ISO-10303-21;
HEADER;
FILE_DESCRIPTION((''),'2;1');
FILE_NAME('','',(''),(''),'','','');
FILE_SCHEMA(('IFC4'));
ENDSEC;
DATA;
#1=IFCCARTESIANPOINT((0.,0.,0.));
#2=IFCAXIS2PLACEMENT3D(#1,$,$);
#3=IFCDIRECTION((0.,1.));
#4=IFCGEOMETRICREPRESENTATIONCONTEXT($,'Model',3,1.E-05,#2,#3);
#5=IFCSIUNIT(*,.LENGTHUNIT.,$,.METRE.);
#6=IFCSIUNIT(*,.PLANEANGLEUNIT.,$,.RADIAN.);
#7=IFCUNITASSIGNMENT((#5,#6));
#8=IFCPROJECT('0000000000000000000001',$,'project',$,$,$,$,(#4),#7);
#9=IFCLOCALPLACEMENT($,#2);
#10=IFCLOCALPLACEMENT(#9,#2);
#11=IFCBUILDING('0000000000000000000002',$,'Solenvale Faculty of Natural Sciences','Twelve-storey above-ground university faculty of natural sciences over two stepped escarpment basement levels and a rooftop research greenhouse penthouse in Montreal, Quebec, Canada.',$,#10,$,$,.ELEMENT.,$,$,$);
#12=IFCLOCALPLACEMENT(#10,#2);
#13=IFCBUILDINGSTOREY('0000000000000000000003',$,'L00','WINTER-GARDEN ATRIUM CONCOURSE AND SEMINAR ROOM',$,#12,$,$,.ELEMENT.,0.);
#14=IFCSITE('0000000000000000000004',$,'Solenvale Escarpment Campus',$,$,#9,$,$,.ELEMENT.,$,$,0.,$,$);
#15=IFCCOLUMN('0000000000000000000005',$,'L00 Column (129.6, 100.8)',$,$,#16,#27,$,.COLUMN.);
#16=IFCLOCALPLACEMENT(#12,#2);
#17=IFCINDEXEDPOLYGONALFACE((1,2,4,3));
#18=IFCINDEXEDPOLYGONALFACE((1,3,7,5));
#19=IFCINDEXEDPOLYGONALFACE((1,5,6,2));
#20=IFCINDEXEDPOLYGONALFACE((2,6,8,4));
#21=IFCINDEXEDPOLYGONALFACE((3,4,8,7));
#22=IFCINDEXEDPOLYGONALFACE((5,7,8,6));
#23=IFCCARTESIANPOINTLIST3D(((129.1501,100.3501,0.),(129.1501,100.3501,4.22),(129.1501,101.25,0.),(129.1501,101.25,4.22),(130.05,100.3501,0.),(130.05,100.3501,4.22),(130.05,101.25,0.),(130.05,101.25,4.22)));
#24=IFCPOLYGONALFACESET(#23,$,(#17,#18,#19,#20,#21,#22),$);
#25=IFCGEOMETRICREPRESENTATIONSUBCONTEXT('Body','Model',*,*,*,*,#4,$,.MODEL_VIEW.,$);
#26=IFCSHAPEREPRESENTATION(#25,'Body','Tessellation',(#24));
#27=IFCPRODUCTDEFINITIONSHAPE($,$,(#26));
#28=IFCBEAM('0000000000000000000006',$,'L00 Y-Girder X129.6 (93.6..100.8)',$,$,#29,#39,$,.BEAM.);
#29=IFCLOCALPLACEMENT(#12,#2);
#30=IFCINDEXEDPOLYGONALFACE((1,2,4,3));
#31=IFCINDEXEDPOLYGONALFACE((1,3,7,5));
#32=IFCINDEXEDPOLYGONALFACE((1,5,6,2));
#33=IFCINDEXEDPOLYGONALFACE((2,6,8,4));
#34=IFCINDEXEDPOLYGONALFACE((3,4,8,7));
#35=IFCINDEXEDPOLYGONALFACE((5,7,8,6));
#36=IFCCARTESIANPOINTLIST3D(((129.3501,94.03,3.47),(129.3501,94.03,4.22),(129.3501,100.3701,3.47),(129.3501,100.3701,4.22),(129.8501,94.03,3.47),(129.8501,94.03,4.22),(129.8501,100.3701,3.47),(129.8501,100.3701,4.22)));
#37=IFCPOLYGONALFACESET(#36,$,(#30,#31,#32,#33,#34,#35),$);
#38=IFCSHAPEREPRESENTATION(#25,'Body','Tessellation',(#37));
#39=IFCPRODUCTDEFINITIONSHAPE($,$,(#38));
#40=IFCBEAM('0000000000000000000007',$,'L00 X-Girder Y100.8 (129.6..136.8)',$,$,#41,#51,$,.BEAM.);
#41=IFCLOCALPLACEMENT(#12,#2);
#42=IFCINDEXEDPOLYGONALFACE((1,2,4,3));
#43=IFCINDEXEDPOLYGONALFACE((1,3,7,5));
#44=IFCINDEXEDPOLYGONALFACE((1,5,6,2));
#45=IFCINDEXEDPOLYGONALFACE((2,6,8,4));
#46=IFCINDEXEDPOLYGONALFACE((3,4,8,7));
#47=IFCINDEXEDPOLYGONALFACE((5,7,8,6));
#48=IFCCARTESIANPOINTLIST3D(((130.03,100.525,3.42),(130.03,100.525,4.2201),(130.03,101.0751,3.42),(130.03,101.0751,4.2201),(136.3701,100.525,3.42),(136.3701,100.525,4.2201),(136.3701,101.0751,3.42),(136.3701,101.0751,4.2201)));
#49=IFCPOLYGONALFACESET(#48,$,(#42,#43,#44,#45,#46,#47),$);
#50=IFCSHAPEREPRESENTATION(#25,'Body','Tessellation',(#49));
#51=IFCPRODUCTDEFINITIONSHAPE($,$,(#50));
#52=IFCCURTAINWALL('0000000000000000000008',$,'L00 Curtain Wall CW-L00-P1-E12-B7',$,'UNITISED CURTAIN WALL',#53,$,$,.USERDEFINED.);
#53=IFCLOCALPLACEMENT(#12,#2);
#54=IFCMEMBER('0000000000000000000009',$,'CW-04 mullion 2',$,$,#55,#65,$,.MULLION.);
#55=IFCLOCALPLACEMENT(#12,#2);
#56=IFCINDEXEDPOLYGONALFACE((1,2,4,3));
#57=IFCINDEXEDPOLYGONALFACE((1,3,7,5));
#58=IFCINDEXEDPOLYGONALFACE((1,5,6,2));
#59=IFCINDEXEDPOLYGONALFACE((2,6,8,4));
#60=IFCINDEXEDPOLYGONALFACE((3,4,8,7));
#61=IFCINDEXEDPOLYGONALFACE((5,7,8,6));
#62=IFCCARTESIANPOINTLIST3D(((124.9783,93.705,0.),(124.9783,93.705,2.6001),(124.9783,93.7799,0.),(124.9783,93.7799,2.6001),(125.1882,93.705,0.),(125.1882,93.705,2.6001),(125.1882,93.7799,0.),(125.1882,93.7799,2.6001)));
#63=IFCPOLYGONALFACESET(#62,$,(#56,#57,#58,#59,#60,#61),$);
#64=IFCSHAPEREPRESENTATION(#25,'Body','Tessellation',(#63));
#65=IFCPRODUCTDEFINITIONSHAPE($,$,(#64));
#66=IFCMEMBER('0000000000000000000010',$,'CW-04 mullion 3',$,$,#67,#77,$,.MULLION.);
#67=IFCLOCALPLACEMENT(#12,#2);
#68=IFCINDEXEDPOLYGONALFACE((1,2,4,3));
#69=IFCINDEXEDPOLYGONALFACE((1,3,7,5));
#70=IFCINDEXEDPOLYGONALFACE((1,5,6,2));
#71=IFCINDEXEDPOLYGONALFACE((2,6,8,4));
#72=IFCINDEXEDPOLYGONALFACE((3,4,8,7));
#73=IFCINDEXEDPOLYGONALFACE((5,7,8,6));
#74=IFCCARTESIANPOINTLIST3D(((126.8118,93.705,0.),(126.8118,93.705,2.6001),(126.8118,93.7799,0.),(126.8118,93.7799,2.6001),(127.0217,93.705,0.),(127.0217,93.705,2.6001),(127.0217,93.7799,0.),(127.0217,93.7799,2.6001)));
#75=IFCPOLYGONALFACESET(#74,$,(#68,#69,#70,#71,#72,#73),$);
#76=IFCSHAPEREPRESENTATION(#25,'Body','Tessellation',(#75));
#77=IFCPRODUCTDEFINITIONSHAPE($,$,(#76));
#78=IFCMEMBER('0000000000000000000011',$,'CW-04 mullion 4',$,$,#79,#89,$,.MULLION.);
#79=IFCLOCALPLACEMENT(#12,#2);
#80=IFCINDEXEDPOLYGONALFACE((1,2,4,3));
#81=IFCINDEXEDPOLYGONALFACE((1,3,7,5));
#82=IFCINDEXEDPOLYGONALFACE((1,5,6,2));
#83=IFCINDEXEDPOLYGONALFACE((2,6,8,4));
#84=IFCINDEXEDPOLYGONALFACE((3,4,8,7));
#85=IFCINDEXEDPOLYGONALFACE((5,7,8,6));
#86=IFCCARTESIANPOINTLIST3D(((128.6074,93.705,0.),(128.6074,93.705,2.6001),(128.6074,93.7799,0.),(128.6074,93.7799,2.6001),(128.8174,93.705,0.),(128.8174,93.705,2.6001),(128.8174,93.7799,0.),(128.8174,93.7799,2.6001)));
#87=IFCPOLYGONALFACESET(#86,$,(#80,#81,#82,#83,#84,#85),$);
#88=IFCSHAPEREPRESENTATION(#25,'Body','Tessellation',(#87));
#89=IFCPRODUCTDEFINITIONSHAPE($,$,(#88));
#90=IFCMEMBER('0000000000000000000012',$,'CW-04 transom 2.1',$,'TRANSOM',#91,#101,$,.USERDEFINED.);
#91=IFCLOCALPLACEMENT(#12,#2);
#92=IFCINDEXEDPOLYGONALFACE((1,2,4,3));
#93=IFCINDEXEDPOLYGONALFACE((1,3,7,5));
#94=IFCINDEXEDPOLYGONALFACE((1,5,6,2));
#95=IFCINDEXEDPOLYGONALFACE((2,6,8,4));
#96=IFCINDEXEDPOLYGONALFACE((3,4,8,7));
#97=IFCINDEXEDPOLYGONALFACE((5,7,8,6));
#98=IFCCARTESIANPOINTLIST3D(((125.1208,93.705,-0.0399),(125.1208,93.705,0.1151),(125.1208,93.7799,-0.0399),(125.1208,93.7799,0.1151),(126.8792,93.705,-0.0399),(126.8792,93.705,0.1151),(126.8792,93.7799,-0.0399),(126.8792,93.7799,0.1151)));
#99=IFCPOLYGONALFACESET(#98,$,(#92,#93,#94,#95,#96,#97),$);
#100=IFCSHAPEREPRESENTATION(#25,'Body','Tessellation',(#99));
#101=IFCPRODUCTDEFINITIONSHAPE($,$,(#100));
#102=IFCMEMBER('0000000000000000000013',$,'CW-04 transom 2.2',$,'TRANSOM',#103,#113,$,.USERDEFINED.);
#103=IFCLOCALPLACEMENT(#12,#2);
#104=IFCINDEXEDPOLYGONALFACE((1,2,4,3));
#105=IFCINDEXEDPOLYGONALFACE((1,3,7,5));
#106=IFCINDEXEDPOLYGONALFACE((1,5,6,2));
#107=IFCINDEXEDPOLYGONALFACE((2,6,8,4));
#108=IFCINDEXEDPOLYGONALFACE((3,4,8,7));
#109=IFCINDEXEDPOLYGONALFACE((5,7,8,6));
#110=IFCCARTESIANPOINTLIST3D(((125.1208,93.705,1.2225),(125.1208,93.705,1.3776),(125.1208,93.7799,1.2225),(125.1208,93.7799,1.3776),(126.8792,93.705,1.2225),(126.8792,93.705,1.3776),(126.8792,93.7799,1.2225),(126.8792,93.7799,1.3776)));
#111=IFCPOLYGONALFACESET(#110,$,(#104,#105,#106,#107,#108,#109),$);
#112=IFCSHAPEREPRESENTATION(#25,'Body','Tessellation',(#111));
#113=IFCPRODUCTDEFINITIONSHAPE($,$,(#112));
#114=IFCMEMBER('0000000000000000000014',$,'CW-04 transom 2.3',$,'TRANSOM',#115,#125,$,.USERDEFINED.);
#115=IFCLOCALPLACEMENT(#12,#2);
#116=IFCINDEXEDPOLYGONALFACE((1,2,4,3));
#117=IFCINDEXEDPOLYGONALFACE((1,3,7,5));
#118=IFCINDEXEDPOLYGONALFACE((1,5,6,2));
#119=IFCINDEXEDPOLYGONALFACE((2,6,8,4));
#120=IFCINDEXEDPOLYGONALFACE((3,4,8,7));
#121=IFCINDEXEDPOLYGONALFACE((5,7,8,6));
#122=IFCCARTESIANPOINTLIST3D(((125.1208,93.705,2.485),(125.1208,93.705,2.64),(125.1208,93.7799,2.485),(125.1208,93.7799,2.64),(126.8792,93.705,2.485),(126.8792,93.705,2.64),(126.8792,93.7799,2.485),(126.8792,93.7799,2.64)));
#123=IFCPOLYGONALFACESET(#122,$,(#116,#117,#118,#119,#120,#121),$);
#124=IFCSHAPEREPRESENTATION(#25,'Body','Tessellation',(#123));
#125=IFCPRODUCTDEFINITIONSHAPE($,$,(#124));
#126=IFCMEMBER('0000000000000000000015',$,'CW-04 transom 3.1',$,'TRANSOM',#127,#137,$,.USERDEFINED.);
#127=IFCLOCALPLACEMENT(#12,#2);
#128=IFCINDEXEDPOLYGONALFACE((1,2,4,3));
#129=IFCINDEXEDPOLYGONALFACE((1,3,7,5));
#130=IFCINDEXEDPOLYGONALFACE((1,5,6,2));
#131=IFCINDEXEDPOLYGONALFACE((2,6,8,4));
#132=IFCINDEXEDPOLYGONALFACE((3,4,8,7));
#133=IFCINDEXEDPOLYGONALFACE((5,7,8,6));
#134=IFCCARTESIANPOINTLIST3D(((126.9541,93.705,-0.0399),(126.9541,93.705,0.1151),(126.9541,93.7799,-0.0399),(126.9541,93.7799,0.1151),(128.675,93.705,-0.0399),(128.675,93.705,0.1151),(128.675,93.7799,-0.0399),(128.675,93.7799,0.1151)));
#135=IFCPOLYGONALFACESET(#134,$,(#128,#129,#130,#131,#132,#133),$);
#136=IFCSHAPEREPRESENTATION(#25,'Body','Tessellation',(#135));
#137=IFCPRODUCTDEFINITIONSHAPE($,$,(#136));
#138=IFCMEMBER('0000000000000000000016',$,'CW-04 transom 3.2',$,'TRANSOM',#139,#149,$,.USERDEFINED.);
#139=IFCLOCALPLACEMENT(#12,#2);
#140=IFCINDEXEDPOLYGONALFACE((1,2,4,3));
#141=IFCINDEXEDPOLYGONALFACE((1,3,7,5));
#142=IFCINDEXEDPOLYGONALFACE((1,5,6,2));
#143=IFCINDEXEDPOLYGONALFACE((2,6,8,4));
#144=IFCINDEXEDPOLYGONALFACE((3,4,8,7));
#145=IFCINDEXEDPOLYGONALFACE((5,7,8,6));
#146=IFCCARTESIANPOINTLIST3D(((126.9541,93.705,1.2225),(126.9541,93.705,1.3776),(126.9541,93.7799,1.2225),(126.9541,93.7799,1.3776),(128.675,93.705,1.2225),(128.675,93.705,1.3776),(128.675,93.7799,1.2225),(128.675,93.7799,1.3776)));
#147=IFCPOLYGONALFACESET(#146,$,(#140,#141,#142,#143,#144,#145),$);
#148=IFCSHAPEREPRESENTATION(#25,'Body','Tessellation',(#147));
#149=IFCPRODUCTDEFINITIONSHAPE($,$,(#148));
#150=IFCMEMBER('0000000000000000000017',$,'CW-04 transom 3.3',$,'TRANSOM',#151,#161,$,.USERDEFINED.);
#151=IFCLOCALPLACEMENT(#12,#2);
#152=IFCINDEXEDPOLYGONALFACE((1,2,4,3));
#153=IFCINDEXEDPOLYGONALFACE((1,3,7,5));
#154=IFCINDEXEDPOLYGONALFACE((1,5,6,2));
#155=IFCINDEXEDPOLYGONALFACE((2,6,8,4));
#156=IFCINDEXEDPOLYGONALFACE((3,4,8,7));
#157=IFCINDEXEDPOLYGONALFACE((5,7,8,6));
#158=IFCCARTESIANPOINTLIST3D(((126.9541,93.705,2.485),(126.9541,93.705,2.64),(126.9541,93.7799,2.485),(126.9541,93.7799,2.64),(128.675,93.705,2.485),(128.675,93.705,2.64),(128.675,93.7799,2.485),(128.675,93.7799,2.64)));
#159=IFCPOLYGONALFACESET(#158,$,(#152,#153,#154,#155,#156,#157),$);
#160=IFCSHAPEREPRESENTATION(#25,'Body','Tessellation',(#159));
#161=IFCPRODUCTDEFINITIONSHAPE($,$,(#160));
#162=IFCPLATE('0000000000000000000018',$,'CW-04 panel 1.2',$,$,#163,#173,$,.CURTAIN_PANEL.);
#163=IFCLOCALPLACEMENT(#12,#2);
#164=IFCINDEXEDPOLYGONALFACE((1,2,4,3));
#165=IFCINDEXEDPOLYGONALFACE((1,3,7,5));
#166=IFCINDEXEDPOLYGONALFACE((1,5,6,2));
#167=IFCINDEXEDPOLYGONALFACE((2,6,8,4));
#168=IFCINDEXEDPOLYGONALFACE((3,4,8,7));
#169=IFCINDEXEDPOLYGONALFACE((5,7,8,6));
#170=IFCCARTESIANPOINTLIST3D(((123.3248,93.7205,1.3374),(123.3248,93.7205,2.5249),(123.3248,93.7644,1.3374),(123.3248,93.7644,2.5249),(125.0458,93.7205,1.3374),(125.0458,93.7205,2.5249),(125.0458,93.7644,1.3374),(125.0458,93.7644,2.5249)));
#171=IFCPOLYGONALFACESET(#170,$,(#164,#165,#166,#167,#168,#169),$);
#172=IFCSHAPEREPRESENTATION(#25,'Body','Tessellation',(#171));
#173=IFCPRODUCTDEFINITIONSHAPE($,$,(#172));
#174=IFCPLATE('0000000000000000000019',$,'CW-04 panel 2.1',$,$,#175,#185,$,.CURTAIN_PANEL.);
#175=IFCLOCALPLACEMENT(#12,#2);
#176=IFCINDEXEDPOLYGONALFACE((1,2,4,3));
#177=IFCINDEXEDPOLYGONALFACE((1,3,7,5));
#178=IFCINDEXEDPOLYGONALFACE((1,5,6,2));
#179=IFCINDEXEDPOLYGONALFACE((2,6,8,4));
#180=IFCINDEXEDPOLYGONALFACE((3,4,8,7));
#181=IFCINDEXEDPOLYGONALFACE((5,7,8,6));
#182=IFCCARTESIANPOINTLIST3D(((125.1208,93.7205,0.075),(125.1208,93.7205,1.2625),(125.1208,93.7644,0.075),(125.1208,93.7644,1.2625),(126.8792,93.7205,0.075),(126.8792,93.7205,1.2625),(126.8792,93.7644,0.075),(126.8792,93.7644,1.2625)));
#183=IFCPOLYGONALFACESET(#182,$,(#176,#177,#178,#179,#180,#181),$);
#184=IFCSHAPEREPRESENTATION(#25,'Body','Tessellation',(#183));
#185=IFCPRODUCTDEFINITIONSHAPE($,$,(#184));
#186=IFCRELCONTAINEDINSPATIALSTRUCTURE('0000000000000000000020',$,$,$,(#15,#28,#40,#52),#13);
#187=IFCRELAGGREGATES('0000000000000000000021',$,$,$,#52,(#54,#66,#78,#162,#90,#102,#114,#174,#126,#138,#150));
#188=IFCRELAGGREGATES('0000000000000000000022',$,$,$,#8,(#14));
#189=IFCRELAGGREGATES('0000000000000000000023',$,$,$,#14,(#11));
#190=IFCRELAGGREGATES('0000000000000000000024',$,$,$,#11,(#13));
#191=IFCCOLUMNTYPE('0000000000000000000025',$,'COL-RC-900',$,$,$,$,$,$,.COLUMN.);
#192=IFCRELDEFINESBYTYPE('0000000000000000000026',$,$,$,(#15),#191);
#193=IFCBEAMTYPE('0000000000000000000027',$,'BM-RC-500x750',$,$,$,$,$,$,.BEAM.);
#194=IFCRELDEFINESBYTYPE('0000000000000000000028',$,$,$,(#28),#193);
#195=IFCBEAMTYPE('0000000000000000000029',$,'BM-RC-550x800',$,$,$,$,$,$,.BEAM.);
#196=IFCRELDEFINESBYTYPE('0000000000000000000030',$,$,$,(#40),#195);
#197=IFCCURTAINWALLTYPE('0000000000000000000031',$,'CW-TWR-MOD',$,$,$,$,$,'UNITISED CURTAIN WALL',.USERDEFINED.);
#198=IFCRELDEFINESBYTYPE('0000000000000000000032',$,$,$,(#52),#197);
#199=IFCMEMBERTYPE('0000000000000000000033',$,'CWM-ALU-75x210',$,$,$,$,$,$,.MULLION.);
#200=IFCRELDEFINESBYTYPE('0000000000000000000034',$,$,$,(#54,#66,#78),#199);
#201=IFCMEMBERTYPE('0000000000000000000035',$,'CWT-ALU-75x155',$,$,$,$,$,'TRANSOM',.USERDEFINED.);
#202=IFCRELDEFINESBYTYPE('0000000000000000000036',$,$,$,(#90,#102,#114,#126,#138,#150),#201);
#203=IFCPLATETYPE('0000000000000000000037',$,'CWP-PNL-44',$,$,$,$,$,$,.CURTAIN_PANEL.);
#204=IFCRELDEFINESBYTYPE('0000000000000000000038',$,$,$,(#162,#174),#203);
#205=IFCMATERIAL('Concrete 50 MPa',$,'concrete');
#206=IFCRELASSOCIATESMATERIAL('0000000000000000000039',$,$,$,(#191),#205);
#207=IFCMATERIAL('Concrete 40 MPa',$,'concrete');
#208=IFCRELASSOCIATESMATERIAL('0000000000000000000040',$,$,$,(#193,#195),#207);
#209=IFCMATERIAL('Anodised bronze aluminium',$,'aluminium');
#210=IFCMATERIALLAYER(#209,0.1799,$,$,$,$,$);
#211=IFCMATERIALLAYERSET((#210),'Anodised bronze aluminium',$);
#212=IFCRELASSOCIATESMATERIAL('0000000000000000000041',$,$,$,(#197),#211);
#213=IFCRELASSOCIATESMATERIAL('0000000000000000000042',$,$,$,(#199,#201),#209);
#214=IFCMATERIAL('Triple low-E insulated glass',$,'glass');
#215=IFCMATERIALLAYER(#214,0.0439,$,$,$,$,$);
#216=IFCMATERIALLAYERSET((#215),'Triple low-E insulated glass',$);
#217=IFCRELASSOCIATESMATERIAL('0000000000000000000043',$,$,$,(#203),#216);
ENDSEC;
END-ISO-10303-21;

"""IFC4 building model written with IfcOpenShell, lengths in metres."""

from ifc_helpers import new_model, si_unit, direction, frame, origin, origin_2d, place, context, subcontext, project, spatial, rectangle, extrude, material, layer, layer_set, material_profile, profile_set, type_object, element, aggregate, save


model = new_model("IFC4")

# Units and contexts
model_context = context("Model", 3, precision=1e-05, world=origin(), true_north=direction((0.0, 1.0)))
body_context = subcontext(model_context, "Body", "Model", "MODEL_VIEW")
ifc_project = project(units=[si_unit("LENGTHUNIT", "METRE"), si_unit("PLANEANGLEUNIT", "RADIAN")], contexts=[model_context])

# Site, building, storey
site_placement = place(None, origin())
site = spatial("IfcSite", under=ifc_project, at=site_placement, Name="Solenvale Escarpment Campus", CompositionType="ELEMENT", RefElevation=0.0)
building_placement = place(site_placement, origin())
building = spatial("IfcBuilding", under=site, at=building_placement, Name="Solenvale Faculty of Natural Sciences", Description="Twelve-storey above-ground university faculty of natural sciences over two stepped escarpment basement levels and a rooftop research greenhouse penthouse in Montreal, Quebec, Canada.", CompositionType="ELEMENT")
storey_placement = place(building_placement, origin())
storey = spatial("IfcBuildingStorey", under=building, at=storey_placement, Name="L00", Description="WINTER-GARDEN ATRIUM CONCOURSE AND SEMINAR ROOM", CompositionType="ELEMENT", Elevation=0.0)

# Column
ifc_material_1 = material(Name="Concrete 50 MPa", Category="concrete")
ifc_material_profile_1 = material_profile(ifc_material_1, rectangle(XDim=0.8999, YDim=0.8999, at=origin_2d()), Name="RC-COL-900x900")
ifc_profile_set_1 = profile_set([ifc_material_profile_1], Name="Concrete 50 MPa")
column_type = type_object("IfcColumnType", Name="COL-RC-900", PredefinedType="COLUMN", material=ifc_profile_set_1)
column_placement = place(storey_placement, frame((129.6001, 100.8, 0.0), z_axis=(0.0, 0.0, 1.0), x_axis=(1.0, 0.0, 0.0)))
element("IfcColumn", 1, at=column_placement, inside=storey, type_object=column_type, Name="L00 Column (129.6, 100.8)", PredefinedType="COLUMN", context=body_context, shape_type="SweptSolid", body=[
    extrude(rectangle(XDim=0.8999, YDim=0.8999, at=origin_2d()), origin(), (0.0, 0.0, 1.0), 4.22),
])

# Beams
ifc_material_2 = material(Name="Concrete 40 MPa", Category="concrete")
ifc_material_profile_2 = material_profile(ifc_material_2, rectangle(XDim=0.5, YDim=0.75, at=origin_2d()), Name="RC-BM-500x750")
ifc_profile_set_2 = profile_set([ifc_material_profile_2], Name="Concrete 40 MPa")
beam_type_1 = type_object("IfcBeamType", Name="BM-RC-500x750", PredefinedType="BEAM", material=ifc_profile_set_2)
beam_1_placement = place(storey_placement, frame((129.6001, 94.03, 3.845), z_axis=(0.0, 1.0, 0.0), x_axis=(-1.0, 0.0, 0.0)))
element("IfcBeam", 2, at=beam_1_placement, inside=storey, type_object=beam_type_1, Name="L00 Y-Girder X129.6 (93.6..100.8)", PredefinedType="BEAM", context=body_context, shape_type="SweptSolid", body=[
    extrude(rectangle(XDim=0.5, YDim=0.75, at=origin_2d()), origin(), (0.0, 0.0, 1.0), 6.3401),
])
ifc_material_profile_3 = material_profile(ifc_material_2, rectangle(XDim=0.55, YDim=0.8, at=origin_2d()), Name="RC-BM-550x800")
ifc_profile_set_3 = profile_set([ifc_material_profile_3], Name="Concrete 40 MPa")
beam_type_2 = type_object("IfcBeamType", Name="BM-RC-550x800", PredefinedType="BEAM", material=ifc_profile_set_3)
beam_2_placement = place(storey_placement, frame((130.03, 100.8, 3.8201), z_axis=(1.0, 0.0, 0.0), x_axis=(0.0, 1.0, 0.0)))
element("IfcBeam", 3, at=beam_2_placement, inside=storey, type_object=beam_type_2, Name="L00 X-Girder Y100.8 (129.6..136.8)", PredefinedType="BEAM", context=body_context, shape_type="SweptSolid", body=[
    extrude(rectangle(XDim=0.55, YDim=0.8, at=origin_2d()), origin(), (0.0, 0.0, 1.0), 6.3401),
])

# Curtain wall, members, plates
ifc_material_3 = material(Name="Anodised bronze aluminium", Category="aluminium")
ifc_layer_1 = layer(ifc_material_3, 0.1799)
ifc_layer_set_1 = layer_set([ifc_layer_1], Name="Anodised bronze aluminium")
curtain_wall_type = type_object("IfcCurtainWallType", Name="CW-TWR-MOD", ElementType="UNITISED CURTAIN WALL", PredefinedType="USERDEFINED", material=ifc_layer_set_1)
curtain_wall_placement = place(storey_placement, origin())
curtain_wall = element("IfcCurtainWall", 4, at=curtain_wall_placement, inside=storey, type_object=curtain_wall_type, Name="L00 Curtain Wall CW-L00-P1-E12-B7", ObjectType="UNITISED CURTAIN WALL", PredefinedType="USERDEFINED")
ifc_material_profile_4 = material_profile(ifc_material_3, rectangle(XDim=0.075, YDim=0.21, at=origin_2d()), Name="ALU-MUL-75x210")
ifc_profile_set_4 = profile_set([ifc_material_profile_4], Name="Anodised bronze aluminium")
member_type_1 = type_object("IfcMemberType", Name="CWM-ALU-75x210", PredefinedType="MULLION", material=ifc_profile_set_4)
member_1_placement = place(storey_placement, frame((125.0833, 93.7424, 0.0), z_axis=(0.0, 0.0, 1.0), x_axis=(0.0, 1.0, 0.0)))
member_1 = element("IfcMember", 5, at=member_1_placement, type_object=member_type_1, Name="CW-04 mullion 2", PredefinedType="MULLION", context=body_context, shape_type="SweptSolid", body=[
    extrude(rectangle(XDim=0.075, YDim=0.21, at=origin_2d()), origin(), (0.0, 0.0, 1.0), 2.6001),
])
member_2_placement = place(storey_placement, frame((126.9167, 93.7424, 0.0), z_axis=(0.0, 0.0, 1.0), x_axis=(0.0, 1.0, 0.0)))
member_2 = element("IfcMember", 6, at=member_2_placement, type_object=member_type_1, Name="CW-04 mullion 3", PredefinedType="MULLION", context=body_context, shape_type="SweptSolid", body=[
    extrude(rectangle(XDim=0.075, YDim=0.21, at=origin_2d()), origin(), (0.0, 0.0, 1.0), 2.6001),
])
member_3_placement = place(storey_placement, frame((128.7124, 93.7424, 0.0), z_axis=(0.0, 0.0, 1.0), x_axis=(0.0, 1.0, 0.0)))
member_3 = element("IfcMember", 7, at=member_3_placement, type_object=member_type_1, Name="CW-04 mullion 4", PredefinedType="MULLION", context=body_context, shape_type="SweptSolid", body=[
    extrude(rectangle(XDim=0.075, YDim=0.21, at=origin_2d()), origin(), (0.0, 0.0, 1.0), 2.6001),
])
ifc_material_profile_5 = material_profile(ifc_material_3, rectangle(XDim=0.075, YDim=0.155, at=origin_2d()), Name="ALU-TRN-75x155")
ifc_profile_set_5 = profile_set([ifc_material_profile_5], Name="Anodised bronze aluminium")
member_type_2 = type_object("IfcMemberType", Name="CWT-ALU-75x155", ElementType="TRANSOM", PredefinedType="USERDEFINED", material=ifc_profile_set_5)
member_4_placement = place(storey_placement, frame((125.1208, 93.7424, 0.0376), z_axis=(1.0, 0.0, 0.0), x_axis=(0.0, 1.0, 0.0)))
member_4 = element("IfcMember", 8, at=member_4_placement, type_object=member_type_2, Name="CW-04 transom 2.1", ObjectType="TRANSOM", PredefinedType="USERDEFINED", context=body_context, shape_type="SweptSolid", body=[
    extrude(rectangle(XDim=0.075, YDim=0.155, at=origin_2d()), origin(), (0.0, 0.0, 1.0), 1.7583),
])
member_5_placement = place(storey_placement, frame((125.1208, 93.7424, 1.3), z_axis=(1.0, 0.0, 0.0), x_axis=(0.0, 1.0, 0.0)))
member_5 = element("IfcMember", 9, at=member_5_placement, type_object=member_type_2, Name="CW-04 transom 2.2", ObjectType="TRANSOM", PredefinedType="USERDEFINED", context=body_context, shape_type="SweptSolid", body=[
    extrude(rectangle(XDim=0.075, YDim=0.155, at=origin_2d()), origin(), (0.0, 0.0, 1.0), 1.7583),
])
member_6_placement = place(storey_placement, frame((125.1208, 93.7424, 2.5625), z_axis=(1.0, 0.0, 0.0), x_axis=(0.0, 1.0, 0.0)))
member_6 = element("IfcMember", 10, at=member_6_placement, type_object=member_type_2, Name="CW-04 transom 2.3", ObjectType="TRANSOM", PredefinedType="USERDEFINED", context=body_context, shape_type="SweptSolid", body=[
    extrude(rectangle(XDim=0.075, YDim=0.155, at=origin_2d()), origin(), (0.0, 0.0, 1.0), 1.7583),
])
member_7_placement = place(storey_placement, frame((126.9541, 93.7424, 0.0376), z_axis=(1.0, 0.0, 0.0), x_axis=(0.0, 1.0, 0.0)))
member_7 = element("IfcMember", 11, at=member_7_placement, type_object=member_type_2, Name="CW-04 transom 3.1", ObjectType="TRANSOM", PredefinedType="USERDEFINED", context=body_context, shape_type="SweptSolid", body=[
    extrude(rectangle(XDim=0.075, YDim=0.155, at=origin_2d()), origin(), (0.0, 0.0, 1.0), 1.7209),
])
member_8_placement = place(storey_placement, frame((126.9541, 93.7424, 1.3), z_axis=(1.0, 0.0, 0.0), x_axis=(0.0, 1.0, 0.0)))
member_8 = element("IfcMember", 12, at=member_8_placement, type_object=member_type_2, Name="CW-04 transom 3.2", ObjectType="TRANSOM", PredefinedType="USERDEFINED", context=body_context, shape_type="SweptSolid", body=[
    extrude(rectangle(XDim=0.075, YDim=0.155, at=origin_2d()), origin(), (0.0, 0.0, 1.0), 1.7209),
])
member_9_placement = place(storey_placement, frame((126.9541, 93.7424, 2.5625), z_axis=(1.0, 0.0, 0.0), x_axis=(0.0, 1.0, 0.0)))
member_9 = element("IfcMember", 13, at=member_9_placement, type_object=member_type_2, Name="CW-04 transom 3.3", ObjectType="TRANSOM", PredefinedType="USERDEFINED", context=body_context, shape_type="SweptSolid", body=[
    extrude(rectangle(XDim=0.075, YDim=0.155, at=origin_2d()), origin(), (0.0, 0.0, 1.0), 1.7209),
])
ifc_material_4 = material(Name="Triple low-E insulated glass", Category="glass")
ifc_layer_2 = layer(ifc_material_4, 0.0439)
ifc_layer_set_2 = layer_set([ifc_layer_2], Name="Triple low-E insulated glass")
plate_type = type_object("IfcPlateType", Name="CWP-PNL-44", PredefinedType="CURTAIN_PANEL", material=ifc_layer_set_2)
plate_1_placement = place(storey_placement, frame((124.1853, 93.7424, 1.3374), z_axis=(0.0, 0.0, 1.0), x_axis=(1.0, 0.0, 0.0)))
plate_1 = element("IfcPlate", 14, at=plate_1_placement, type_object=plate_type, Name="CW-04 panel 1.2", PredefinedType="CURTAIN_PANEL", context=body_context, shape_type="SweptSolid", body=[
    extrude(rectangle(XDim=1.7209, YDim=0.0439, at=origin_2d()), origin(), (0.0, 0.0, 1.0), 1.1875),
])
plate_2_placement = place(storey_placement, frame((126.0, 93.7424, 0.075), z_axis=(0.0, 0.0, 1.0), x_axis=(1.0, 0.0, 0.0)))
plate_2 = element("IfcPlate", 15, at=plate_2_placement, type_object=plate_type, Name="CW-04 panel 2.1", PredefinedType="CURTAIN_PANEL", context=body_context, shape_type="SweptSolid", body=[
    extrude(rectangle(XDim=1.7583, YDim=0.0439, at=origin_2d()), origin(), (0.0, 0.0, 1.0), 1.1875),
])
aggregate(curtain_wall, [member_1, member_2, member_3, plate_1, member_4, member_5, member_6, plate_2, member_7, member_8, member_9])

save(model, "model.ifc")
